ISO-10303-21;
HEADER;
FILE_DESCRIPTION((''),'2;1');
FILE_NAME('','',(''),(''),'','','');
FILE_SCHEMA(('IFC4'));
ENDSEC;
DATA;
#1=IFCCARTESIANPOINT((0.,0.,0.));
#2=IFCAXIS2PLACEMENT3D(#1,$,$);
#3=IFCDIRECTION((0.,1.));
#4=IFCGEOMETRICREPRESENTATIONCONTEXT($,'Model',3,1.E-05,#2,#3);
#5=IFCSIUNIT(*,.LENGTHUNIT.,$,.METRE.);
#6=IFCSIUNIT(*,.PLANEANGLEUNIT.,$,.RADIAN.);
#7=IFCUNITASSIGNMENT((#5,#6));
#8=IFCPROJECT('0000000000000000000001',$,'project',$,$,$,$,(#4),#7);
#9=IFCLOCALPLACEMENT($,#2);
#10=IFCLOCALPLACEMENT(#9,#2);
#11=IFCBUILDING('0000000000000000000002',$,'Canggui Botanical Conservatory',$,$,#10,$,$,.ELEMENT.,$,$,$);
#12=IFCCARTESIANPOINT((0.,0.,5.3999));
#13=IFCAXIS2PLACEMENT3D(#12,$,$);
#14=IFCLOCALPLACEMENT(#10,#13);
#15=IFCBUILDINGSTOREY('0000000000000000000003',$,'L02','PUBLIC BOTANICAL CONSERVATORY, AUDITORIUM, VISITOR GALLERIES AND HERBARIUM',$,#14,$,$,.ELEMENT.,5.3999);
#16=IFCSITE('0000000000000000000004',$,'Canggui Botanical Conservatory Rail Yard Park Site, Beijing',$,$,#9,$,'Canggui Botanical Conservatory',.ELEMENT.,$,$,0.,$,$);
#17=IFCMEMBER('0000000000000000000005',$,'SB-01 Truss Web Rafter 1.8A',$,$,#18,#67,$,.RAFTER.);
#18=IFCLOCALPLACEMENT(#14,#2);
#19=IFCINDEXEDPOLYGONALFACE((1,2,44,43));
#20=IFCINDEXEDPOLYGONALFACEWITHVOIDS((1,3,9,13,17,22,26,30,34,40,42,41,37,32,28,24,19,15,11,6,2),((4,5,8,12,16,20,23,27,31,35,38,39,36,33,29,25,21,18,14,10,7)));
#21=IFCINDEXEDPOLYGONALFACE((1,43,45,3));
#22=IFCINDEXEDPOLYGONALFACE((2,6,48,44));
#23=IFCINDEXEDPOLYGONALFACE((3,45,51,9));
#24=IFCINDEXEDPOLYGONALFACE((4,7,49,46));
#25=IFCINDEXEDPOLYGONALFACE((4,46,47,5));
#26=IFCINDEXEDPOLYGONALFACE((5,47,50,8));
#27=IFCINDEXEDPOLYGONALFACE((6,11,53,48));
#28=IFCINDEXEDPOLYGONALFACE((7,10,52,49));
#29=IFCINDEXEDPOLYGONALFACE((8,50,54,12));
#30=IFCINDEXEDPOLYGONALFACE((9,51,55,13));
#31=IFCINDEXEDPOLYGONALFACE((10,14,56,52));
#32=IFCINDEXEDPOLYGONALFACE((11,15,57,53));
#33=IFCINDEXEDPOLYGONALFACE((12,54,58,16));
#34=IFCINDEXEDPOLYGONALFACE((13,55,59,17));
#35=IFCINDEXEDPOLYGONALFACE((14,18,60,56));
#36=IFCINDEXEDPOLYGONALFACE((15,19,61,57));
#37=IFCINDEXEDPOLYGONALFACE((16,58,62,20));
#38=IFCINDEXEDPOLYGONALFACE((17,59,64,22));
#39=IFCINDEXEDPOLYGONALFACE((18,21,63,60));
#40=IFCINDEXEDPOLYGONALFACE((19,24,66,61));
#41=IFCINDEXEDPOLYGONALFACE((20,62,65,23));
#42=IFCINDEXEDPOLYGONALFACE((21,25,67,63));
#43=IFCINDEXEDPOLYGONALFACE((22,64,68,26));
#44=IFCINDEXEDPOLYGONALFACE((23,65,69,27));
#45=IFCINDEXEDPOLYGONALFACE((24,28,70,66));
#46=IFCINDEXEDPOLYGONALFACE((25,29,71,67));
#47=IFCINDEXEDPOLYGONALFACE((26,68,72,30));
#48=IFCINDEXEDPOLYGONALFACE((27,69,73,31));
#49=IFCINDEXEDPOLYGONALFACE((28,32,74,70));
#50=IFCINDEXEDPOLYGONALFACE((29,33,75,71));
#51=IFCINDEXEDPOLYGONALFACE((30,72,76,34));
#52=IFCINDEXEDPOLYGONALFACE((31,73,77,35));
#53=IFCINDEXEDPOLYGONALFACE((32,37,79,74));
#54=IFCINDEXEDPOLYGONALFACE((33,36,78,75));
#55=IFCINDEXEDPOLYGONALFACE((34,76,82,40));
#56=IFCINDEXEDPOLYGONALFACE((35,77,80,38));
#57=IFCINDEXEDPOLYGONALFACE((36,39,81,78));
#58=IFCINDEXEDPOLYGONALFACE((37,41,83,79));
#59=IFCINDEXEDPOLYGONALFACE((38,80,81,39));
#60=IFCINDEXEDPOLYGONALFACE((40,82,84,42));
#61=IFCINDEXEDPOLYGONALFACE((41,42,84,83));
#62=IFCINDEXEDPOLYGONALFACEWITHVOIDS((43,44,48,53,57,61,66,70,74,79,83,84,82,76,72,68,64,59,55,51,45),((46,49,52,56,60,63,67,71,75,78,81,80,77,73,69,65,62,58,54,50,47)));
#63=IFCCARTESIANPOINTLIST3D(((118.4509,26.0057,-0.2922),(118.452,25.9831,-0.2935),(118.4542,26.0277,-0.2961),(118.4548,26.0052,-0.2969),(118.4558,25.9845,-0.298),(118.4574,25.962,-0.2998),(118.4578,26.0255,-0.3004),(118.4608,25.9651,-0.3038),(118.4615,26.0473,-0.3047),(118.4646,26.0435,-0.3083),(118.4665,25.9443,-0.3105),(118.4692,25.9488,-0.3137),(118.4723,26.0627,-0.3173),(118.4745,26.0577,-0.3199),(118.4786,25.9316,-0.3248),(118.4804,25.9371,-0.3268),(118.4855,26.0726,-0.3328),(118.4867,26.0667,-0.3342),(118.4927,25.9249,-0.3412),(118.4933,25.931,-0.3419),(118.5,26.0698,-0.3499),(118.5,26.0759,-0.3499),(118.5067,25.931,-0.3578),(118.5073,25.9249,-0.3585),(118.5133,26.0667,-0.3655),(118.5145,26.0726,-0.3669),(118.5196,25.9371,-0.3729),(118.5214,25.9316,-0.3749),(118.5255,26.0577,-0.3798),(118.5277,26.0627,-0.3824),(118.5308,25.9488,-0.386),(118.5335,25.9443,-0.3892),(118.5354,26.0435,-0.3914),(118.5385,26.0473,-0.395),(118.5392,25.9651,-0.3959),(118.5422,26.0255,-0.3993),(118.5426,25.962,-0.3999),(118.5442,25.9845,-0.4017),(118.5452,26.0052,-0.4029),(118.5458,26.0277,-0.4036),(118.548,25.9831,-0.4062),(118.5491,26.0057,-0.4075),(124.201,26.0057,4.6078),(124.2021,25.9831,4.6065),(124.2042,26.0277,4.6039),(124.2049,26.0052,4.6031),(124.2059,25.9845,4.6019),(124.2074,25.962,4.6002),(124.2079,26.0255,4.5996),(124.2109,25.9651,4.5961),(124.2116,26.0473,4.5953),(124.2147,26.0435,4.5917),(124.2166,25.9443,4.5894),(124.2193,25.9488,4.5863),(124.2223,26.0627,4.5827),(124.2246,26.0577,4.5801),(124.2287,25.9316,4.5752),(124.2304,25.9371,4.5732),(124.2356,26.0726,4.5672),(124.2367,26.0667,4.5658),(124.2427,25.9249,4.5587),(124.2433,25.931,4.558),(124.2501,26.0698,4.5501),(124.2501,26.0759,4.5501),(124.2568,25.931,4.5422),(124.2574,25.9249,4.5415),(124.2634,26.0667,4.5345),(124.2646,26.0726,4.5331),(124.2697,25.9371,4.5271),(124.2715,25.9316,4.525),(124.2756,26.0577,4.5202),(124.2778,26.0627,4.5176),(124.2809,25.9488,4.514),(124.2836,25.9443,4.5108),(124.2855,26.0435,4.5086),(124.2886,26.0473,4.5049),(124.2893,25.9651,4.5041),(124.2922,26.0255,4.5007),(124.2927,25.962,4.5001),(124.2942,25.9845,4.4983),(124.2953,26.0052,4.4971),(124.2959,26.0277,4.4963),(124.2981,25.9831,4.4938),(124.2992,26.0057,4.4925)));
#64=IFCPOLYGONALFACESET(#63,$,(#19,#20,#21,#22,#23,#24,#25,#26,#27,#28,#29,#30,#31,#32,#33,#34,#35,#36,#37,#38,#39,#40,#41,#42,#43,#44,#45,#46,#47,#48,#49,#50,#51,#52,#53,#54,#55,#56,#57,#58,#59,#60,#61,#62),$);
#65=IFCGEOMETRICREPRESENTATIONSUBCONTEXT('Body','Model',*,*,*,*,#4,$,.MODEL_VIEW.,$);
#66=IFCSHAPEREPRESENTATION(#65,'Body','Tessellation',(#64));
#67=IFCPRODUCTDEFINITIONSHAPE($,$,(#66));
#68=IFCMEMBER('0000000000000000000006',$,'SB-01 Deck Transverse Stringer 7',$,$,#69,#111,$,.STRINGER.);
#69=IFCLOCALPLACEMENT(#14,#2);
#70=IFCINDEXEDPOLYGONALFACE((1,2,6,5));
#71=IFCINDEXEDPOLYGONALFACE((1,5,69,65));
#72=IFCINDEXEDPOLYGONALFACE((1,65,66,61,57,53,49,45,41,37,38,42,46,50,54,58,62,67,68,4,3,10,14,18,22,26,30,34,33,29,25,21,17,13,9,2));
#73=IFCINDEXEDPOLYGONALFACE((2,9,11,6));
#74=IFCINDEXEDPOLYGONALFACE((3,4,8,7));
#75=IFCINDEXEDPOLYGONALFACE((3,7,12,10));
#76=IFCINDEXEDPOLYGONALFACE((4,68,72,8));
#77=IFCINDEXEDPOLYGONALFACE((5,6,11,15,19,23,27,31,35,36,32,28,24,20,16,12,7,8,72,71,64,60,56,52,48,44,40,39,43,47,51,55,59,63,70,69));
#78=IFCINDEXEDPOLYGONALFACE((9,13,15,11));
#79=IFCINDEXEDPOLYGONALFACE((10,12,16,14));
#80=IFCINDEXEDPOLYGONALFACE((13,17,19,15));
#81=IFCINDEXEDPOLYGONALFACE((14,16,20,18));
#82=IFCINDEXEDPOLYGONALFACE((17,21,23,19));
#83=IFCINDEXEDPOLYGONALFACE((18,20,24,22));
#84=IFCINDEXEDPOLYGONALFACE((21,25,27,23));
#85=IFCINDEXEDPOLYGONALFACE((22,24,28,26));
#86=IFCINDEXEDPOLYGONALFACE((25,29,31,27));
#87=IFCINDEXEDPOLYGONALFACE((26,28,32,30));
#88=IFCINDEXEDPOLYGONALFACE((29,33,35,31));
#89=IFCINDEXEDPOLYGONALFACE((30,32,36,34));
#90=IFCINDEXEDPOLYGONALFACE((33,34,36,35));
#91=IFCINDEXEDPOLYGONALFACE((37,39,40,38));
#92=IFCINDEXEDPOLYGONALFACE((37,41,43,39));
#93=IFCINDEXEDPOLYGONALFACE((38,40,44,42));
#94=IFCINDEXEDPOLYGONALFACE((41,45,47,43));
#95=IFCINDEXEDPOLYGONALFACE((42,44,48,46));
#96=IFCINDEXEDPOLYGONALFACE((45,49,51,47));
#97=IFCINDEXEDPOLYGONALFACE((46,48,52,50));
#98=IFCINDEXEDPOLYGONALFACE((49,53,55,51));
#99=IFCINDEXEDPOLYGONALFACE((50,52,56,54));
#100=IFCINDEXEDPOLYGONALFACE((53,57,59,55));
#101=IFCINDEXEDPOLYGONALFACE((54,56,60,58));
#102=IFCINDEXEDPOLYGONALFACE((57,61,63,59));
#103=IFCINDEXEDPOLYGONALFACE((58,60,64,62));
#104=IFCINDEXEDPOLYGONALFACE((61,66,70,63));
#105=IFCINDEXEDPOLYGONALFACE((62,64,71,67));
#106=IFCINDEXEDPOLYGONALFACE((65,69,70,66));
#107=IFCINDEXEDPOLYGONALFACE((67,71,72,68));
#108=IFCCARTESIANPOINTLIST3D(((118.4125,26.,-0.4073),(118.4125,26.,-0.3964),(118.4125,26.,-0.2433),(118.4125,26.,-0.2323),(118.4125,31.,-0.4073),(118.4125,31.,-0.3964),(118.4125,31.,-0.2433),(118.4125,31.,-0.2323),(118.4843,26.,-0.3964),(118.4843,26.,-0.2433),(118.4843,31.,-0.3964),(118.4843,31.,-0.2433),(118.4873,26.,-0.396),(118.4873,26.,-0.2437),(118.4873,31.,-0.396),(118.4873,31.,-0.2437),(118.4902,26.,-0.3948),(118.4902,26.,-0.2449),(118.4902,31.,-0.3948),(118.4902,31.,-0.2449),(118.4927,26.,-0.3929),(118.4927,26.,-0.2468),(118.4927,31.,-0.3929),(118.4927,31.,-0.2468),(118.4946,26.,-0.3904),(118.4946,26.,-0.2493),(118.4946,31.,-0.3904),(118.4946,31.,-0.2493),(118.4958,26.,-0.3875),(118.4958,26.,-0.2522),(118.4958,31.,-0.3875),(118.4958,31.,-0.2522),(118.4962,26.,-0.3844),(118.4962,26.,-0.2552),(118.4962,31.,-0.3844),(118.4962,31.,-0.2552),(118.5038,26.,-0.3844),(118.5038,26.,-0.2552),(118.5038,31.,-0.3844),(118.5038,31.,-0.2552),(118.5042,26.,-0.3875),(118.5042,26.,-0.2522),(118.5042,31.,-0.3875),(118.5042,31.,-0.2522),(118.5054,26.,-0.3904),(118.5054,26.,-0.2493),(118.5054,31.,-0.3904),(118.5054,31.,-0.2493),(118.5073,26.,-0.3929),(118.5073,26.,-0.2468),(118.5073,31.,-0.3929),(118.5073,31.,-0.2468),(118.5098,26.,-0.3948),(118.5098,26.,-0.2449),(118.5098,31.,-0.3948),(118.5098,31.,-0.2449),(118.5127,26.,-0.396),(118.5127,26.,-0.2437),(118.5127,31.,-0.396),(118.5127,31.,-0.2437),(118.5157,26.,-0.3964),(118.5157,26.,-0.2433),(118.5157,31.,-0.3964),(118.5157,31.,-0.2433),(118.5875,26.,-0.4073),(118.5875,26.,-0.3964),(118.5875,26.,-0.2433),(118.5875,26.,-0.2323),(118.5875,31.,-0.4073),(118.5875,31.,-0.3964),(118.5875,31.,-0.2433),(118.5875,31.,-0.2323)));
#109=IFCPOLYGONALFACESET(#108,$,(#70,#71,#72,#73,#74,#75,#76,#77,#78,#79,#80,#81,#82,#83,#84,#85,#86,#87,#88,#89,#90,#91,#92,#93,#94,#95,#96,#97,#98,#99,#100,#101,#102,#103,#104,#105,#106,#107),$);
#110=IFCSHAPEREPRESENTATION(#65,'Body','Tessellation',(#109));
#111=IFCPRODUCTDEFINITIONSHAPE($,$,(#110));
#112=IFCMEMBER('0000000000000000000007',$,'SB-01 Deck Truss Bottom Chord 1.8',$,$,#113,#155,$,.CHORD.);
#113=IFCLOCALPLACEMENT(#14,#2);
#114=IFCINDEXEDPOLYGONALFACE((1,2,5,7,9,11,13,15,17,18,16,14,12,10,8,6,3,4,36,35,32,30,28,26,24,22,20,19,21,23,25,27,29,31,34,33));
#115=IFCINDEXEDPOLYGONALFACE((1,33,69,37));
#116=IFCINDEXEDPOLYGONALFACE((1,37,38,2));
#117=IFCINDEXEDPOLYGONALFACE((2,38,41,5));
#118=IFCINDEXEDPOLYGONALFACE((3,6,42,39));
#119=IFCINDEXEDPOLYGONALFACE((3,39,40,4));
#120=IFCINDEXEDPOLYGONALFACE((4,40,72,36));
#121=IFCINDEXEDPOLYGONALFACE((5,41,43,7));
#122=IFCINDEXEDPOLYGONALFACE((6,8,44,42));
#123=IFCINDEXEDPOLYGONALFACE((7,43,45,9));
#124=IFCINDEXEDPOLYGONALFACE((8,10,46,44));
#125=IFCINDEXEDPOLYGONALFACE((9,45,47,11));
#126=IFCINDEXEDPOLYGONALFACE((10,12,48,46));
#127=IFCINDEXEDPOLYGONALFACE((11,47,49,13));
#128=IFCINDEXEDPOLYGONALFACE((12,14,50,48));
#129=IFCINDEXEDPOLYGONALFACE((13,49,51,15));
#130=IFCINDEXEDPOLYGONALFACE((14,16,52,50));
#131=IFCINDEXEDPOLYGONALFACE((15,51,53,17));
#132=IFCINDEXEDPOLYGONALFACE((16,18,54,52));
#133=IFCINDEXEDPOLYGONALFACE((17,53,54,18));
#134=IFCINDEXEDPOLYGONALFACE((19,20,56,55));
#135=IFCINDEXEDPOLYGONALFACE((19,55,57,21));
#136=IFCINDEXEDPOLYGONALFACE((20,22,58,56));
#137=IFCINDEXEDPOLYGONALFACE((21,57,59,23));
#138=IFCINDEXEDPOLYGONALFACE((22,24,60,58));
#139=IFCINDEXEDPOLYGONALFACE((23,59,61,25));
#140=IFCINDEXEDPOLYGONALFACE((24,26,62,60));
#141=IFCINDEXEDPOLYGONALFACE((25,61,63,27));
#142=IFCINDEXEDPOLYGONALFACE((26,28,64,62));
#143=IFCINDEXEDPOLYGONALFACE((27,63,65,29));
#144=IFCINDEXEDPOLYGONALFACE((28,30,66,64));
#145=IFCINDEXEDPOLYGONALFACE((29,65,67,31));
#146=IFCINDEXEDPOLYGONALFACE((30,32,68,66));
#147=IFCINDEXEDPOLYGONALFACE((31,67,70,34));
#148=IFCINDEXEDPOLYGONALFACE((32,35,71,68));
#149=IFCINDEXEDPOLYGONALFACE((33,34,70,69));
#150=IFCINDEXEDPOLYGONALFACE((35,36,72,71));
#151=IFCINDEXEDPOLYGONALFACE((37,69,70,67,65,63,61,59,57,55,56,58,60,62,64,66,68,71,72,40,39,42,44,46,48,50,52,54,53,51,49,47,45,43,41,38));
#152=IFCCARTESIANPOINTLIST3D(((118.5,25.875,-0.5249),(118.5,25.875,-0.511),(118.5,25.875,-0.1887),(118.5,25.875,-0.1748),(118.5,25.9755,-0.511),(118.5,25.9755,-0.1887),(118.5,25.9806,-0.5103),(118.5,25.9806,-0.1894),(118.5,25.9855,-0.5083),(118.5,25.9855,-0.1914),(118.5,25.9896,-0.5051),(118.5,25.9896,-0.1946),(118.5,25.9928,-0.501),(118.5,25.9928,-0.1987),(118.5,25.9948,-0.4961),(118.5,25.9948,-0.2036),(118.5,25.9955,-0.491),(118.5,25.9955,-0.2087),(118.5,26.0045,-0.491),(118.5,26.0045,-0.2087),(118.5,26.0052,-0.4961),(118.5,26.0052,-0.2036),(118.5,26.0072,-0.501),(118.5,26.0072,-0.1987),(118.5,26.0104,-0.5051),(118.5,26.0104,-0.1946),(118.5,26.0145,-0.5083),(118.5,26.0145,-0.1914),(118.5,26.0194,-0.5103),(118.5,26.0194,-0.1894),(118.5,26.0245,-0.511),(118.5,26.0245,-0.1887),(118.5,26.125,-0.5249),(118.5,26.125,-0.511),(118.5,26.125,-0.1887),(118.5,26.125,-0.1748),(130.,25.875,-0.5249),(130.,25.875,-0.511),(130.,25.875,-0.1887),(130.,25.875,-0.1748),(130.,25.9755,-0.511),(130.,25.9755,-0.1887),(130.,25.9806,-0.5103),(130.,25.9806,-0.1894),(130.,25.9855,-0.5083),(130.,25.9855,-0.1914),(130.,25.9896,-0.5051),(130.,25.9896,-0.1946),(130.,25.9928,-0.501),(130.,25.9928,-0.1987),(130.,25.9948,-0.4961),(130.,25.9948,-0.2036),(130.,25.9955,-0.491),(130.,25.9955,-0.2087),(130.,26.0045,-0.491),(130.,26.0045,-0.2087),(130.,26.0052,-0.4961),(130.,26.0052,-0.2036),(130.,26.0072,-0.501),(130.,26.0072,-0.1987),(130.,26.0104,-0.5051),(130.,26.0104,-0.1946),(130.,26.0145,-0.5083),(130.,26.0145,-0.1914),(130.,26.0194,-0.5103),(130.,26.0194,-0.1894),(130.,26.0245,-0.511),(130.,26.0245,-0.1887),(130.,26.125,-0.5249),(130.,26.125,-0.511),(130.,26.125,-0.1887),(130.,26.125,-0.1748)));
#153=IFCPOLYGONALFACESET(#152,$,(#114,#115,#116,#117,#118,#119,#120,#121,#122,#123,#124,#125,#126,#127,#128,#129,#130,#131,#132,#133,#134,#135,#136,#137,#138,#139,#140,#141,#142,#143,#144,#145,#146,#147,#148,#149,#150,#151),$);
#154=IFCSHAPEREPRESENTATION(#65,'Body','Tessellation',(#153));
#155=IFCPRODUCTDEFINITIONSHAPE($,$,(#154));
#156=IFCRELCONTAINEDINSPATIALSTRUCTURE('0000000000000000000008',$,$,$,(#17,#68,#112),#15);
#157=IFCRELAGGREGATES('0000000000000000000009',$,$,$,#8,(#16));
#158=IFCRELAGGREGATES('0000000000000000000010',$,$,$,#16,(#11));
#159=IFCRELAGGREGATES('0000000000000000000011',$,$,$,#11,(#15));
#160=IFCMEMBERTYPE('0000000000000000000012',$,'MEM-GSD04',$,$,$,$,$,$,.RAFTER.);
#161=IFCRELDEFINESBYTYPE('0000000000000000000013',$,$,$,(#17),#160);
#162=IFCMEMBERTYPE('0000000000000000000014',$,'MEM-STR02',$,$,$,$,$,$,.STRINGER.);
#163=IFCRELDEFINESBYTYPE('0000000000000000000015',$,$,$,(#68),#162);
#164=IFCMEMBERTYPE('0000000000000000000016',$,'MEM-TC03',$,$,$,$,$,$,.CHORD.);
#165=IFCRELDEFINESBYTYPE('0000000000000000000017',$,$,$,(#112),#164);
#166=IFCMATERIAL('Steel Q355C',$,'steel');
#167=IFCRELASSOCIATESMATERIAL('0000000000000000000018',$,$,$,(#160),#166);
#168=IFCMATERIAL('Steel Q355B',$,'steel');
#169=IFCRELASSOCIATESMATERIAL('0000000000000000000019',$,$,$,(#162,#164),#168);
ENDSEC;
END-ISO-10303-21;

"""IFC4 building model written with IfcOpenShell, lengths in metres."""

from ifc_helpers import new_model, si_unit, direction, frame, origin, origin_2d, place, context, subcontext, project, spatial, hollow_circle, i_section, extrude, material, material_profile, profile_set, type_object, element, save


model = new_model("IFC4")

# Units and contexts
model_context = context("Model", 3, precision=1e-05, world=origin(), true_north=direction((0.0, 1.0)))
body_context = subcontext(model_context, "Body", "Model", "MODEL_VIEW")
ifc_project = project(units=[si_unit("LENGTHUNIT", "METRE"), si_unit("PLANEANGLEUNIT", "RADIAN")], contexts=[model_context])

# Site, building, storey
site_placement = place(None, origin())
site = spatial("IfcSite", under=ifc_project, at=site_placement, Name="Canggui Botanical Conservatory Rail Yard Park Site, Beijing", LongName="Canggui Botanical Conservatory", CompositionType="ELEMENT", RefElevation=0.0)
building_placement = place(site_placement, origin())
building = spatial("IfcBuilding", under=site, at=building_placement, Name="Canggui Botanical Conservatory", CompositionType="ELEMENT")
storey_placement = place(building_placement, frame((0.0, 0.0, 5.3999)))
storey = spatial("IfcBuildingStorey", under=building, at=storey_placement, Name="L02", Description="PUBLIC BOTANICAL CONSERVATORY, AUDITORIUM, VISITOR GALLERIES AND HERBARIUM", CompositionType="ELEMENT", Elevation=5.3999)

# Shared definitions
ifc_material_1 = material(Name="Steel Q355B", Category="steel")

# Members
ifc_material_2 = material(Name="Steel Q355C", Category="steel")
ifc_material_profile_1 = material_profile(ifc_material_2, hollow_circle(Radius=0.0759, WallThickness=0.0061, at=origin_2d()), Name="CHS 152x6")
ifc_profile_set_1 = profile_set([ifc_material_profile_1], Name="Steel Q355C")
member_type_1 = type_object("IfcMemberType", Name="MEM-GSD04", PredefinedType="RAFTER", material=ifc_profile_set_1)
member_1_placement = place(storey_placement, frame((118.5, 26.0, -0.3499), z_axis=(0.761129, 0.0, 0.648601), x_axis=(0.0, 1.0, 0.0)))
element("IfcMember", 1, at=member_1_placement, inside=storey, type_object=member_type_1, Name="SB-01 Truss Web Rafter 1.8A", PredefinedType="RAFTER", context=body_context, shape_type="SweptSolid", body=[
    extrude(hollow_circle(Radius=0.0759, WallThickness=0.0061, at=origin_2d()), origin(), (0.0, 0.0, 1.0), 7.5547),
])
ifc_material_profile_2 = material_profile(ifc_material_1, i_section(OverallWidth=0.175, OverallDepth=0.175, WebThickness=0.0076, FlangeThickness=0.011, FilletRadius=0.012, at=origin_2d()), Name="HW 175x175x7.5x11")
ifc_profile_set_2 = profile_set([ifc_material_profile_2], Name="Steel Q355B")
member_type_2 = type_object("IfcMemberType", Name="MEM-STR02", PredefinedType="STRINGER", material=ifc_profile_set_2)
member_2_placement = place(storey_placement, frame((118.5, 26.0, -0.3198), z_axis=(0.0, 1.0, 0.0), x_axis=(-1.0, 0.0, 0.0)))
element("IfcMember", 2, at=member_2_placement, inside=storey, type_object=member_type_2, Name="SB-01 Deck Transverse Stringer 7", PredefinedType="STRINGER", context=body_context, shape_type="SweptSolid", body=[
    extrude(i_section(OverallWidth=0.175, OverallDepth=0.175, WebThickness=0.0076, FlangeThickness=0.011, FilletRadius=0.012, at=origin_2d()), origin(), (0.0, 0.0, 1.0), 5.0),
])
ifc_material_profile_3 = material_profile(ifc_material_1, i_section(OverallWidth=0.25, OverallDepth=0.3501, WebThickness=0.009, FlangeThickness=0.0139, FilletRadius=0.02, at=origin_2d()), Name="HM 350x250x9x14")
ifc_profile_set_3 = profile_set([ifc_material_profile_3], Name="Steel Q355B")
member_type_3 = type_object("IfcMemberType", Name="MEM-TC03", PredefinedType="CHORD", material=ifc_profile_set_3)
member_3_placement = place(storey_placement, frame((118.5, 26.0, -0.3499), z_axis=(1.0, 0.0, 0.0), x_axis=(0.0, 1.0, 0.0)))
element("IfcMember", 3, at=member_3_placement, inside=storey, type_object=member_type_3, Name="SB-01 Deck Truss Bottom Chord 1.8", PredefinedType="CHORD", context=body_context, shape_type="SweptSolid", body=[
    extrude(i_section(OverallWidth=0.25, OverallDepth=0.3501, WebThickness=0.009, FlangeThickness=0.0139, FilletRadius=0.02, at=origin_2d()), origin(), (0.0, 0.0, 1.0), 11.5),
])

save(model, "model.ifc")
